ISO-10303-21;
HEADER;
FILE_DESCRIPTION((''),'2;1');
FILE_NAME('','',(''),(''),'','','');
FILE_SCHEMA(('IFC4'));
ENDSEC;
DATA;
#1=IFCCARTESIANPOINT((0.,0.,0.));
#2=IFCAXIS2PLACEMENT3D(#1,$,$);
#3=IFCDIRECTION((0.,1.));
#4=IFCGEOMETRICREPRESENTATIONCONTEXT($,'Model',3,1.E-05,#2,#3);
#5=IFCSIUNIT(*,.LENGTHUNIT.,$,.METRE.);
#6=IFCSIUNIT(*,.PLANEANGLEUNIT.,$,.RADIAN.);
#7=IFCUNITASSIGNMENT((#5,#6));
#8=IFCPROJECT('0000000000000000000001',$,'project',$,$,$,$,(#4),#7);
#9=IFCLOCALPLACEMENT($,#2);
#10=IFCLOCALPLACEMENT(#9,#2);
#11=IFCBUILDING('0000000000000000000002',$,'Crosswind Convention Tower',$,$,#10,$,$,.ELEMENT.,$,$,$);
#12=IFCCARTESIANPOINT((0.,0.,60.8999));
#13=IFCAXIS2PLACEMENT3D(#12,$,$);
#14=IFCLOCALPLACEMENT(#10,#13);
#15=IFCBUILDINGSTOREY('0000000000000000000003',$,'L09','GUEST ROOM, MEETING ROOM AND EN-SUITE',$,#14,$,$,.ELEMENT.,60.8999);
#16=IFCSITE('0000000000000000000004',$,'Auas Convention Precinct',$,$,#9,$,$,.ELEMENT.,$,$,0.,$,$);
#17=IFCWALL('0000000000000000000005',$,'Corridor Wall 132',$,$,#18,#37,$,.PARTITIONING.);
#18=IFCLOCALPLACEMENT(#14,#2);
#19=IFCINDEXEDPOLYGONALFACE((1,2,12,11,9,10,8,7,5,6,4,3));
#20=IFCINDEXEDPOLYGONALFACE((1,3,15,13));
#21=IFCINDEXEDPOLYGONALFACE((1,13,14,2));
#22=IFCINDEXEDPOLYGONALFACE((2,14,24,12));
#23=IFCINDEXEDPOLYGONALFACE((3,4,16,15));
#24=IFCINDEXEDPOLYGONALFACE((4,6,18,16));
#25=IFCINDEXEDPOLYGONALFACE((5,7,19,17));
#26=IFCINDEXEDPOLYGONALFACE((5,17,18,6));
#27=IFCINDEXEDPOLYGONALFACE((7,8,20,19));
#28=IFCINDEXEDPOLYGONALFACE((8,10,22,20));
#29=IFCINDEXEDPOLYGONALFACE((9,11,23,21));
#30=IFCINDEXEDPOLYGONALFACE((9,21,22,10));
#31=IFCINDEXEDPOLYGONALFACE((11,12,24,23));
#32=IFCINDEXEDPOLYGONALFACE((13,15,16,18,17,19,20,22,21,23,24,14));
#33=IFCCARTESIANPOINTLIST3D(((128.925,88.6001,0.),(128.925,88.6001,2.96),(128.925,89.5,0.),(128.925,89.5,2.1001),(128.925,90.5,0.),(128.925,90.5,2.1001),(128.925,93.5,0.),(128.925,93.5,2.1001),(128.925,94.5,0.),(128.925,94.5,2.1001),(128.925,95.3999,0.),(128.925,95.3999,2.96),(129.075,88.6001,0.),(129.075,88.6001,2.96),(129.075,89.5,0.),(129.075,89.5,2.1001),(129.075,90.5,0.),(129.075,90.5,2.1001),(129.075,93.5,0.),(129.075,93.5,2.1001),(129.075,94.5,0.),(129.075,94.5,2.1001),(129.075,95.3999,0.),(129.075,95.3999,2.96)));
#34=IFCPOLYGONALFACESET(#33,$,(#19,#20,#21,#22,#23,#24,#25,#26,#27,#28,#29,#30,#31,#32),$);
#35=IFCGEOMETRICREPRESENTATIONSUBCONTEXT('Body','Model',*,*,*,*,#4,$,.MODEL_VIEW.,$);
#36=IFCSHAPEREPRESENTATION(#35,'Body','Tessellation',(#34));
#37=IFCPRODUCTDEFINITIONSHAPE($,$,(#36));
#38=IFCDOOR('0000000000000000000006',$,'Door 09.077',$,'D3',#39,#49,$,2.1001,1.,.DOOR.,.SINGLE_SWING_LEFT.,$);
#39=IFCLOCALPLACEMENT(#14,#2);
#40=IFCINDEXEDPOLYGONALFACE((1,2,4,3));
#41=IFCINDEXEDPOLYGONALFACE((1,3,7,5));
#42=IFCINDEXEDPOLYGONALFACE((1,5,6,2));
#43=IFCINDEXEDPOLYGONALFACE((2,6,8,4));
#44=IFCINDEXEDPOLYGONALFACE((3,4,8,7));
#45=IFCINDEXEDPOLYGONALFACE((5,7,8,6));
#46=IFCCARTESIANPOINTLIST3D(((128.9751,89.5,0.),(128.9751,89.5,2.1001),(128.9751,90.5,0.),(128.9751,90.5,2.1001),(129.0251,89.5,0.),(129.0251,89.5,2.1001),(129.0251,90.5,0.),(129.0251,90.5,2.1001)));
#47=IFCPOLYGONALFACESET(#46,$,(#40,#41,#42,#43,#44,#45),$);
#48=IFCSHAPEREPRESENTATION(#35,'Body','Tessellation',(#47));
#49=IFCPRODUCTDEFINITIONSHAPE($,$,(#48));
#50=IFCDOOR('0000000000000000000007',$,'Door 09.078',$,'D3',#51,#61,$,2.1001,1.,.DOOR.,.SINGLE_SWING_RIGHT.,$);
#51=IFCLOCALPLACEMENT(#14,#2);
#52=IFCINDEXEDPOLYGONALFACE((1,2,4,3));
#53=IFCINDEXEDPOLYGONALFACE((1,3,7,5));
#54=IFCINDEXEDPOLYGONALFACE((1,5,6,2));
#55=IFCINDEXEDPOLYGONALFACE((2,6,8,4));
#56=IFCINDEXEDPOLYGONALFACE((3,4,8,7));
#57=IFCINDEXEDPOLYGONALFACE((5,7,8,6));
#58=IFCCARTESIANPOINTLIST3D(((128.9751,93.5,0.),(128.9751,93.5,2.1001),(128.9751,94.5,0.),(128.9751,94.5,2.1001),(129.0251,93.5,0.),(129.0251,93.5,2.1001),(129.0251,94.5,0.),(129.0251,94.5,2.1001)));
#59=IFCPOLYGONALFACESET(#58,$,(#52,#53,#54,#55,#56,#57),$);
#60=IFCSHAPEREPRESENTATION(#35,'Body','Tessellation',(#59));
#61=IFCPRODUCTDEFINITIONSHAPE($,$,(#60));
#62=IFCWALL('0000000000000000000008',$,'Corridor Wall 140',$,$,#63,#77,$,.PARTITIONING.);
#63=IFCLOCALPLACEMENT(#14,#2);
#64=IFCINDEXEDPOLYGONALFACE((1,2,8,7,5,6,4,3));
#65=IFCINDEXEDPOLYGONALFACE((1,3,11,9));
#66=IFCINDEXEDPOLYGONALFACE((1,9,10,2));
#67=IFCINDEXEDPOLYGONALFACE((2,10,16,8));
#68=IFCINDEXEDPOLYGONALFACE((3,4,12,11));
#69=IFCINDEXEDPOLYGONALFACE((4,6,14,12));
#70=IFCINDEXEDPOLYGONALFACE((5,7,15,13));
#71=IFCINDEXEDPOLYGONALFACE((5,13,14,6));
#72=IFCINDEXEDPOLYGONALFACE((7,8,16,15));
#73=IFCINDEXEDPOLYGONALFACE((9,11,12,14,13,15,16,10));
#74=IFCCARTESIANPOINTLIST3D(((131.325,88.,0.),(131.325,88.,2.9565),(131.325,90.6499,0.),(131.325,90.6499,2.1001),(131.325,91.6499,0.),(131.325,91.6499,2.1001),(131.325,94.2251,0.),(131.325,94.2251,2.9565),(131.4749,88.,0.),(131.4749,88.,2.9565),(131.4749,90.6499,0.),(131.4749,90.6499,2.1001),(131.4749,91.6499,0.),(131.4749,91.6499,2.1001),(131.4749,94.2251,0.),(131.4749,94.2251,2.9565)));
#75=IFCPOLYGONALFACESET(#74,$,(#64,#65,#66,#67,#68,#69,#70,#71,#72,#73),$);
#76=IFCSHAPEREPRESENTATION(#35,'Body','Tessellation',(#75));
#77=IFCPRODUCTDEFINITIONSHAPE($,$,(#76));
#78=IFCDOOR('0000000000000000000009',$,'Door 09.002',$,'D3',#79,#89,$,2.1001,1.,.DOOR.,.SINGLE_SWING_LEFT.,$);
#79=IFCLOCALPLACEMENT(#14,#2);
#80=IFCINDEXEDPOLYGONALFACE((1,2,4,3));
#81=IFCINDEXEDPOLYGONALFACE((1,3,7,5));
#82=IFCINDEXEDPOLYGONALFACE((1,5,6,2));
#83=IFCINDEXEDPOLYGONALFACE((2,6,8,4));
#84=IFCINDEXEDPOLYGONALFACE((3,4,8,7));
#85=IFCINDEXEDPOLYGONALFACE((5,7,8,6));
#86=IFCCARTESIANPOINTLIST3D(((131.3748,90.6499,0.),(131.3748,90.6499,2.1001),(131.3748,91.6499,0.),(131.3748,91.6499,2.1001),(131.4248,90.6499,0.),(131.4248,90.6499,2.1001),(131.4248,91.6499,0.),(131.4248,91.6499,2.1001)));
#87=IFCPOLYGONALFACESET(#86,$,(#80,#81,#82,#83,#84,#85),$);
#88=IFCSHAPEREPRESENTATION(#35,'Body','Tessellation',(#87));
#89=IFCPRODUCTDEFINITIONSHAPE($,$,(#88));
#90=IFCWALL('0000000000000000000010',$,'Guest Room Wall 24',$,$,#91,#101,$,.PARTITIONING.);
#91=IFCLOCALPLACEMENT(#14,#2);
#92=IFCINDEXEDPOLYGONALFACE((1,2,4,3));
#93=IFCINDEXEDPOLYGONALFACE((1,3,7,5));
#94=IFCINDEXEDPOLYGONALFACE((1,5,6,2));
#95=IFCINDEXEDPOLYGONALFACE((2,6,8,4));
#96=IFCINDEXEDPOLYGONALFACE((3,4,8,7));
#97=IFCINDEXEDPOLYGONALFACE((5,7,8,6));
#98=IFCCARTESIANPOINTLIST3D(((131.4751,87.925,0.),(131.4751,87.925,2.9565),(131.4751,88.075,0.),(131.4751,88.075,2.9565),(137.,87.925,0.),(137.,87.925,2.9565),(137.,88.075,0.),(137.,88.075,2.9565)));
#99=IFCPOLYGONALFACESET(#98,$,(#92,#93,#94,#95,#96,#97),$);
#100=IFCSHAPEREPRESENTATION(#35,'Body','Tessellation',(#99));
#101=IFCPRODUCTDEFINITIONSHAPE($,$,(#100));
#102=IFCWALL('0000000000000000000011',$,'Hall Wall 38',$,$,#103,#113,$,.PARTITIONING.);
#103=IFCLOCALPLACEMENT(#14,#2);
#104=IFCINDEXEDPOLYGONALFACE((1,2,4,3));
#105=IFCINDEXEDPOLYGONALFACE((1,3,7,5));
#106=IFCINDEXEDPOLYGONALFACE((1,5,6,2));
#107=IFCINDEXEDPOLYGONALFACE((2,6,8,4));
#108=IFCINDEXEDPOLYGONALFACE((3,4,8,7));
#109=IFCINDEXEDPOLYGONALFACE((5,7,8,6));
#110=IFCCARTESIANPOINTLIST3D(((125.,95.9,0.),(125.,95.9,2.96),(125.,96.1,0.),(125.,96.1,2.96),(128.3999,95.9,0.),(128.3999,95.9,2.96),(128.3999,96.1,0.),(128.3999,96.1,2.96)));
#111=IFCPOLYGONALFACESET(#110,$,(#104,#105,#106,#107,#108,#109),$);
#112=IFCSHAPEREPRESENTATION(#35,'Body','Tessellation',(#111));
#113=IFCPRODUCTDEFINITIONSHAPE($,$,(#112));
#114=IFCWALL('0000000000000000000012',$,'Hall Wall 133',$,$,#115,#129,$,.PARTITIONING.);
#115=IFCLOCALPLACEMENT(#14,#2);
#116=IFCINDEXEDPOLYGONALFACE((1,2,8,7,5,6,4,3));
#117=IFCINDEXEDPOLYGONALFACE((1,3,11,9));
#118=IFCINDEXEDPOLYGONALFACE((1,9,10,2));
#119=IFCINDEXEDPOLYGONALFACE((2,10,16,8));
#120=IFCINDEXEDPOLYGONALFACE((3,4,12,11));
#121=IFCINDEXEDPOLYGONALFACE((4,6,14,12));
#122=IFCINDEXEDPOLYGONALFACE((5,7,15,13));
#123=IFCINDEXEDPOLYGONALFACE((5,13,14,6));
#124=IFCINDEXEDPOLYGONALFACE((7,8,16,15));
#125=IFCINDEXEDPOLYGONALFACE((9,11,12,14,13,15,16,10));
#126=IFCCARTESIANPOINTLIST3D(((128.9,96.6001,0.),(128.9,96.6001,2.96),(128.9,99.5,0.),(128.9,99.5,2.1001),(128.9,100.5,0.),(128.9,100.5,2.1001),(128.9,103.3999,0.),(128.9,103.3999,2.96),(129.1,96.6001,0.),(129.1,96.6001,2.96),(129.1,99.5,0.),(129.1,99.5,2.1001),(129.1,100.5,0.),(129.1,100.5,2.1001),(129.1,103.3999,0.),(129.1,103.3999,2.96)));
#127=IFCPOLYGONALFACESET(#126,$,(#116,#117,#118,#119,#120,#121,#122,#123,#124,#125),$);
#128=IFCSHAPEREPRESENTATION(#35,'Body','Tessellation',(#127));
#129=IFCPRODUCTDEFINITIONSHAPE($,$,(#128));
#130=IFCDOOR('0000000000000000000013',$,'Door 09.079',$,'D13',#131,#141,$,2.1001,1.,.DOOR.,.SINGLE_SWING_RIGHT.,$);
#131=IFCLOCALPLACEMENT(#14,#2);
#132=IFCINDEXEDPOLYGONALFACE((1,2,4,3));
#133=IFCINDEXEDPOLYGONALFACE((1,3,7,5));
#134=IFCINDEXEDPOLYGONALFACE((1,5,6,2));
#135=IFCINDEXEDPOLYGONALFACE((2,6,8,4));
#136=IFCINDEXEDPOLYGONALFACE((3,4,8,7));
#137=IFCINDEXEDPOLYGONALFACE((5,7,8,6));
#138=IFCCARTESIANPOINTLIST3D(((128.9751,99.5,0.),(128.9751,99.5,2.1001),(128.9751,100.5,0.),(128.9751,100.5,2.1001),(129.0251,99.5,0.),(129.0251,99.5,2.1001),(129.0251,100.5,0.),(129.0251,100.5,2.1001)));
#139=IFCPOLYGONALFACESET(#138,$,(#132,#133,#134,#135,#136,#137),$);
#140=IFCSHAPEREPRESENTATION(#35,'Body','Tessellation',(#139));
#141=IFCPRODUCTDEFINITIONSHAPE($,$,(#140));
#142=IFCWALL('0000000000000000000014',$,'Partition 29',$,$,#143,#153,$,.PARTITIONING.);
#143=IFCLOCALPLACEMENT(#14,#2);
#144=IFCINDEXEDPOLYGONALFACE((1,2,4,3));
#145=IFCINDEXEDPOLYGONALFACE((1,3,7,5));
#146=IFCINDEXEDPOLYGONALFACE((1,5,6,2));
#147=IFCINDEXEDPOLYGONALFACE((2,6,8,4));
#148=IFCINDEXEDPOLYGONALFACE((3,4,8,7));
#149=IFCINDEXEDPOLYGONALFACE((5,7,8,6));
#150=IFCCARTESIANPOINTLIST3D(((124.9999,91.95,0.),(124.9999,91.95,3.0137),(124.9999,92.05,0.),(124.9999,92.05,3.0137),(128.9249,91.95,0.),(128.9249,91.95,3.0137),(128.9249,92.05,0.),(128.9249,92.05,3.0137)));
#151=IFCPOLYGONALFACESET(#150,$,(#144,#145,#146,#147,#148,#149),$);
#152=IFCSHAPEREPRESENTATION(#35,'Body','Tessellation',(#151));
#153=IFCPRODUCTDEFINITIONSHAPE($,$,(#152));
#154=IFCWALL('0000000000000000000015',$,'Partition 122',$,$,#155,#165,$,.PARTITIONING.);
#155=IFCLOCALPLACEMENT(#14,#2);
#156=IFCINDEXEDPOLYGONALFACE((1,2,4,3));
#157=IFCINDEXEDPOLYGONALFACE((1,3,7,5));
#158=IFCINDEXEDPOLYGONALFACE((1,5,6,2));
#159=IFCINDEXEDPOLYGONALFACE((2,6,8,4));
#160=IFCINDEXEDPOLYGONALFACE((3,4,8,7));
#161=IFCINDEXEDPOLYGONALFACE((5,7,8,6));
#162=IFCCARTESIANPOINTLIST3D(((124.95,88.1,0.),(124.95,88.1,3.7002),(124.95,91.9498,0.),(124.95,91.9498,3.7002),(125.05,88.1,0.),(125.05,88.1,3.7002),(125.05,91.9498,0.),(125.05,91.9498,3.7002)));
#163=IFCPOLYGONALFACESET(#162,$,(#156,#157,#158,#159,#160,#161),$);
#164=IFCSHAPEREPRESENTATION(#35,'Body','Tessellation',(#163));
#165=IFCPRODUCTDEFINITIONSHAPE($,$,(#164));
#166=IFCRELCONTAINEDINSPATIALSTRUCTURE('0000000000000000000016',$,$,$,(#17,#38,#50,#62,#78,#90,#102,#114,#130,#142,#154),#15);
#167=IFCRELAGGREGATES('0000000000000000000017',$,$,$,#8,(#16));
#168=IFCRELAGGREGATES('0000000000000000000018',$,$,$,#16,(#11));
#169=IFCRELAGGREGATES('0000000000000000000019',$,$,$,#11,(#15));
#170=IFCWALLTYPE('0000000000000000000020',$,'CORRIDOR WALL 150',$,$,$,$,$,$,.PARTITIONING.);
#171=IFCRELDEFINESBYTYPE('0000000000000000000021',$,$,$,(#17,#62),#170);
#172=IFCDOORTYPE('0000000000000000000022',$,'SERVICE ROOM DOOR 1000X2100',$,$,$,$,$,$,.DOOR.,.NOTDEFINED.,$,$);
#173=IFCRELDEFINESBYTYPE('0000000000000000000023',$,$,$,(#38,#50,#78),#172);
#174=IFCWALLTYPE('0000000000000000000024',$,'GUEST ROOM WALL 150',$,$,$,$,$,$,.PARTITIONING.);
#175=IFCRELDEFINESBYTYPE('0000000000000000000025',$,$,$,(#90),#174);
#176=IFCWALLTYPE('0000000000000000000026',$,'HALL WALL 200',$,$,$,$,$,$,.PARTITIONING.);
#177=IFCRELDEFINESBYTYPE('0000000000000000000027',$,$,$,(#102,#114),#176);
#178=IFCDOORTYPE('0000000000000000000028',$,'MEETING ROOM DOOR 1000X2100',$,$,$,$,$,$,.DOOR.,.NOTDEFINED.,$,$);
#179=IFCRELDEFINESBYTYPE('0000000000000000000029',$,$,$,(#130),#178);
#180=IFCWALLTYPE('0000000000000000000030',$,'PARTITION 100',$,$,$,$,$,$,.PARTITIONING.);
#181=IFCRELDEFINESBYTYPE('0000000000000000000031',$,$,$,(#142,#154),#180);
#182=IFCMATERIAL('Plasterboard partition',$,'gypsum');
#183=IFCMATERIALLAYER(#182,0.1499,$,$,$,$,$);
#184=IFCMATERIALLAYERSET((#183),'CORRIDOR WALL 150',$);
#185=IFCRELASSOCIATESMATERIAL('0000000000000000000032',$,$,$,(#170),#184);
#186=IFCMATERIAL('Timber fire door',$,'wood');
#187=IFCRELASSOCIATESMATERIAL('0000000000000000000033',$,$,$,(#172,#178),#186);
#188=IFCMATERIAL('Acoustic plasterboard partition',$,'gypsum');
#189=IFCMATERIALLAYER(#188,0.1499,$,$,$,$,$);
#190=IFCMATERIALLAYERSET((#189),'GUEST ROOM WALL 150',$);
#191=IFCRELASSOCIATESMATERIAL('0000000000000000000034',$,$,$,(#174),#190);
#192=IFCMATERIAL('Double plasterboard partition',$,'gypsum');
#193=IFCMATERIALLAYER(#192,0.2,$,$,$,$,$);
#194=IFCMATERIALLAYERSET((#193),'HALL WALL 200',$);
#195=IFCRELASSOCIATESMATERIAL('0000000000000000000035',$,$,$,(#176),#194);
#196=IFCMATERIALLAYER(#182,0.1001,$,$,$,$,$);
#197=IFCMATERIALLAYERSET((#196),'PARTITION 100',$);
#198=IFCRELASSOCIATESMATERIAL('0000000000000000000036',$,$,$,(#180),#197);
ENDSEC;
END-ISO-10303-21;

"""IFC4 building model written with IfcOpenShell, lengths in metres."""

from ifc_helpers import new_model, si_unit, direction, frame, frame_2d, origin, place, context, subcontext, project, spatial, rectangle, extrude, material, layer, layer_set, type_object, element, fill, save


model = new_model("IFC4")

# Units and contexts
model_context = context("Model", 3, precision=1e-05, world=origin(), true_north=direction((0.0, 1.0)))
body_context = subcontext(model_context, "Body", "Model", "MODEL_VIEW")
ifc_project = project(units=[si_unit("LENGTHUNIT", "METRE"), si_unit("PLANEANGLEUNIT", "RADIAN")], contexts=[model_context])

# Site, building, storey
site_placement = place(None, origin())
site = spatial("IfcSite", under=ifc_project, at=site_placement, Name="Auas Convention Precinct", CompositionType="ELEMENT", RefElevation=0.0)
building_placement = place(site_placement, origin())
building = spatial("IfcBuilding", under=site, at=building_placement, Name="Crosswind Convention Tower", CompositionType="ELEMENT")
storey_placement = place(building_placement, frame((0.0, 0.0, 60.8999)))
storey = spatial("IfcBuildingStorey", under=building, at=storey_placement, Name="L09", Description="GUEST ROOM, MEETING ROOM AND EN-SUITE", CompositionType="ELEMENT", Elevation=60.8999)

# Shared definitions
ifc_material_1 = material(Name="Plasterboard partition", Category="gypsum")
ifc_layer_1 = layer(ifc_material_1, 0.1499)
ifc_layer_set_1 = layer_set([ifc_layer_1], Name="CORRIDOR WALL 150")
wall_type_1 = type_object("IfcWallType", Name="CORRIDOR WALL 150", PredefinedType="PARTITIONING", material=ifc_layer_set_1)

# Wall, openings, doors
wall_1_placement = place(storey_placement, frame((129.0, 88.6001, 0.0), z_axis=(0.0, 0.0, 1.0), x_axis=(0.0, 1.0, 0.0)))
wall_1 = element("IfcWall", 1, at=wall_1_placement, inside=storey, type_object=wall_type_1, Name="Corridor Wall 132", PredefinedType="PARTITIONING", context=body_context, shape_type="SweptSolid", body=[
    extrude(rectangle(XDim=6.7998, YDim=0.1499, at=frame_2d((3.3999, 0.0))), origin(), (0.0, 0.0, 1.0), 2.96),
])
opening_1_placement = place(wall_1_placement, frame((0.8999, 0.0, 0.0)))
opening_1 = element("IfcOpeningElement", 2, at=opening_1_placement, cuts=wall_1, PredefinedType="OPENING", context=body_context, shape_type="SweptSolid", body=[
    extrude(rectangle(XDim=1.0, YDim=2.1001, at=frame_2d((0.5, 1.05))), frame((0.0, 0.085, 0.0), z_axis=(0.0, -1.0, 0.0), x_axis=(1.0, 0.0, 0.0)), (0.0, 0.0, 1.0), 0.1699),
])
opening_2_placement = place(wall_1_placement, frame((4.8999, 0.0, 0.0)))
opening_2 = element("IfcOpeningElement", 3, at=opening_2_placement, cuts=wall_1, PredefinedType="OPENING", context=body_context, shape_type="SweptSolid", body=[
    extrude(rectangle(XDim=1.0, YDim=2.1001, at=frame_2d((0.5, 1.05))), frame((0.0, 0.085, 0.0), z_axis=(0.0, -1.0, 0.0), x_axis=(1.0, 0.0, 0.0)), (0.0, 0.0, 1.0), 0.1699),
])
ifc_material_2 = material(Name="Timber fire door", Category="wood")
door_type_1 = type_object("IfcDoorType", Name="SERVICE ROOM DOOR 1000X2100", OperationType="NOTDEFINED", PredefinedType="DOOR", material=ifc_material_2)
door_1_placement = place(opening_1_placement, origin())
door_1 = element("IfcDoor", 4, at=door_1_placement, inside=storey, type_object=door_type_1, Name="Door 09.077", ObjectType="D3", OperationType="SINGLE_SWING_LEFT", OverallHeight=2.1001, OverallWidth=1.0, PredefinedType="DOOR", context=body_context, shape_type="SweptSolid", body=[
    extrude(rectangle(XDim=1.0, YDim=2.1001, at=frame_2d((0.5, 1.05))), frame((0.0, 0.0249, 0.0), z_axis=(0.0, -1.0, 0.0), x_axis=(1.0, 0.0, 0.0)), (0.0, 0.0, 1.0), 0.05),
])
fill(opening_1, door_1)
door_2_placement = place(opening_2_placement, origin())
door_2 = element("IfcDoor", 5, at=door_2_placement, inside=storey, type_object=door_type_1, Name="Door 09.078", ObjectType="D3", OperationType="SINGLE_SWING_RIGHT", OverallHeight=2.1001, OverallWidth=1.0, PredefinedType="DOOR", context=body_context, shape_type="SweptSolid", body=[
    extrude(rectangle(XDim=1.0, YDim=2.1001, at=frame_2d((0.5, 1.05))), frame((0.0, 0.0249, 0.0), z_axis=(0.0, -1.0, 0.0), x_axis=(1.0, 0.0, 0.0)), (0.0, 0.0, 1.0), 0.05),
])
fill(opening_2, door_2)

# Wall, opening, door
wall_2_placement = place(storey_placement, frame((131.3999, 88.0, 0.0), z_axis=(0.0, 0.0, 1.0), x_axis=(0.0, 1.0, 0.0)))
wall_2 = element("IfcWall", 6, at=wall_2_placement, inside=storey, type_object=wall_type_1, Name="Corridor Wall 140", PredefinedType="PARTITIONING", context=body_context, shape_type="SweptSolid", body=[
    extrude(rectangle(XDim=6.2251, YDim=0.1499, at=frame_2d((3.1125, 0.0))), origin(), (0.0, 0.0, 1.0), 2.9565),
])
opening_3_placement = place(wall_2_placement, frame((2.6499, 0.0, 0.0)))
opening_3 = element("IfcOpeningElement", 7, at=opening_3_placement, cuts=wall_2, PredefinedType="OPENING", context=body_context, shape_type="SweptSolid", body=[
    extrude(rectangle(XDim=1.0, YDim=2.1001, at=frame_2d((0.5, 1.05))), frame((0.0, 0.085, 0.0), z_axis=(0.0, -1.0, 0.0), x_axis=(1.0, 0.0, 0.0)), (0.0, 0.0, 1.0), 0.1699),
])
door_3_placement = place(opening_3_placement, frame((1.0, 0.0, 0.0), z_axis=(0.0, 0.0, 1.0), x_axis=(-1.0, 0.0, 0.0)))
door_3 = element("IfcDoor", 8, at=door_3_placement, inside=storey, type_object=door_type_1, Name="Door 09.002", ObjectType="D3", OperationType="SINGLE_SWING_LEFT", OverallHeight=2.1001, OverallWidth=1.0, PredefinedType="DOOR", context=body_context, shape_type="SweptSolid", body=[
    extrude(rectangle(XDim=1.0, YDim=2.1001, at=frame_2d((0.5, 1.05))), frame((0.0, 0.0249, 0.0), z_axis=(0.0, -1.0, 0.0), x_axis=(1.0, 0.0, 0.0)), (0.0, 0.0, 1.0), 0.05),
])
fill(opening_3, door_3)

# Walls
ifc_material_3 = material(Name="Acoustic plasterboard partition", Category="gypsum")
ifc_layer_2 = layer(ifc_material_3, 0.1499)
ifc_layer_set_2 = layer_set([ifc_layer_2], Name="GUEST ROOM WALL 150")
wall_type_2 = type_object("IfcWallType", Name="GUEST ROOM WALL 150", PredefinedType="PARTITIONING", material=ifc_layer_set_2)
wall_3_placement = place(storey_placement, frame((131.4751, 88.0, 0.0), z_axis=(0.0, 0.0, 1.0), x_axis=(1.0, 0.0, 0.0)))
element("IfcWall", 9, at=wall_3_placement, inside=storey, type_object=wall_type_2, Name="Guest Room Wall 24", PredefinedType="PARTITIONING", context=body_context, shape_type="SweptSolid", body=[
    extrude(rectangle(XDim=5.5249, YDim=0.1499, at=frame_2d((2.7625, 0.0))), origin(), (0.0, 0.0, 1.0), 2.9565),
])
ifc_material_4 = material(Name="Double plasterboard partition", Category="gypsum")
ifc_layer_3 = layer(ifc_material_4, 0.2)
ifc_layer_set_3 = layer_set([ifc_layer_3], Name="HALL WALL 200")
wall_type_3 = type_object("IfcWallType", Name="HALL WALL 200", PredefinedType="PARTITIONING", material=ifc_layer_set_3)
wall_4_placement = place(storey_placement, frame((125.0, 96.0, 0.0), z_axis=(0.0, 0.0, 1.0), x_axis=(1.0, 0.0, 0.0)))
element("IfcWall", 10, at=wall_4_placement, inside=storey, type_object=wall_type_3, Name="Hall Wall 38", PredefinedType="PARTITIONING", context=body_context, shape_type="SweptSolid", body=[
    extrude(rectangle(XDim=3.3999, YDim=0.2, at=frame_2d((1.7, 0.0))), origin(), (0.0, 0.0, 1.0), 2.96),
])

# Wall, opening, door
wall_5_placement = place(storey_placement, frame((129.0, 96.6001, 0.0), z_axis=(0.0, 0.0, 1.0), x_axis=(0.0, 1.0, 0.0)))
wall_5 = element("IfcWall", 11, at=wall_5_placement, inside=storey, type_object=wall_type_3, Name="Hall Wall 133", PredefinedType="PARTITIONING", context=body_context, shape_type="SweptSolid", body=[
    extrude(rectangle(XDim=6.7998, YDim=0.2, at=frame_2d((3.3999, 0.0))), origin(), (0.0, 0.0, 1.0), 2.96),
])
opening_4_placement = place(wall_5_placement, frame((2.8999, 0.0, 0.0)))
opening_4 = element("IfcOpeningElement", 12, at=opening_4_placement, cuts=wall_5, PredefinedType="OPENING", context=body_context, shape_type="SweptSolid", body=[
    extrude(rectangle(XDim=1.0, YDim=2.1001, at=frame_2d((0.5, 1.05))), frame((0.0, 0.1099, 0.0), z_axis=(0.0, -1.0, 0.0), x_axis=(1.0, 0.0, 0.0)), (0.0, 0.0, 1.0), 0.22),
])
door_type_2 = type_object("IfcDoorType", Name="MEETING ROOM DOOR 1000X2100", OperationType="NOTDEFINED", PredefinedType="DOOR", material=ifc_material_2)
door_4_placement = place(opening_4_placement, origin())
door_4 = element("IfcDoor", 13, at=door_4_placement, inside=storey, type_object=door_type_2, Name="Door 09.079", ObjectType="D13", OperationType="SINGLE_SWING_RIGHT", OverallHeight=2.1001, OverallWidth=1.0, PredefinedType="DOOR", context=body_context, shape_type="SweptSolid", body=[
    extrude(rectangle(XDim=1.0, YDim=2.1001, at=frame_2d((0.5, 1.05))), frame((0.0, 0.0249, 0.0), z_axis=(0.0, -1.0, 0.0), x_axis=(1.0, 0.0, 0.0)), (0.0, 0.0, 1.0), 0.05),
])
fill(opening_4, door_4)

# Walls
ifc_layer_4 = layer(ifc_material_1, 0.1001)
ifc_layer_set_4 = layer_set([ifc_layer_4], Name="PARTITION 100")
wall_type_4 = type_object("IfcWallType", Name="PARTITION 100", PredefinedType="PARTITIONING", material=ifc_layer_set_4)
wall_6_placement = place(storey_placement, frame((125.0, 92.0, 0.0), z_axis=(0.0, 0.0, 1.0), x_axis=(1.0, 0.0, 0.0)))
element("IfcWall", 14, at=wall_6_placement, inside=storey, type_object=wall_type_4, Name="Partition 29", PredefinedType="PARTITIONING", context=body_context, shape_type="SweptSolid", body=[
    extrude(rectangle(XDim=3.925, YDim=0.1001, at=frame_2d((1.9624, 0.0))), origin(), (0.0, 0.0, 1.0), 3.0137),
])
wall_7_placement = place(storey_placement, frame((125.0, 88.1001, 0.0), z_axis=(0.0, 0.0, 1.0), x_axis=(0.0, 1.0, 0.0)))
element("IfcWall", 15, at=wall_7_placement, inside=storey, type_object=wall_type_4, Name="Partition 122", PredefinedType="PARTITIONING", context=body_context, shape_type="SweptSolid", body=[
    extrude(rectangle(XDim=3.8499, YDim=0.1001, at=frame_2d((1.9248, 0.0))), origin(), (0.0, 0.0, 1.0), 3.7002),
])

save(model, "model.ifc")
